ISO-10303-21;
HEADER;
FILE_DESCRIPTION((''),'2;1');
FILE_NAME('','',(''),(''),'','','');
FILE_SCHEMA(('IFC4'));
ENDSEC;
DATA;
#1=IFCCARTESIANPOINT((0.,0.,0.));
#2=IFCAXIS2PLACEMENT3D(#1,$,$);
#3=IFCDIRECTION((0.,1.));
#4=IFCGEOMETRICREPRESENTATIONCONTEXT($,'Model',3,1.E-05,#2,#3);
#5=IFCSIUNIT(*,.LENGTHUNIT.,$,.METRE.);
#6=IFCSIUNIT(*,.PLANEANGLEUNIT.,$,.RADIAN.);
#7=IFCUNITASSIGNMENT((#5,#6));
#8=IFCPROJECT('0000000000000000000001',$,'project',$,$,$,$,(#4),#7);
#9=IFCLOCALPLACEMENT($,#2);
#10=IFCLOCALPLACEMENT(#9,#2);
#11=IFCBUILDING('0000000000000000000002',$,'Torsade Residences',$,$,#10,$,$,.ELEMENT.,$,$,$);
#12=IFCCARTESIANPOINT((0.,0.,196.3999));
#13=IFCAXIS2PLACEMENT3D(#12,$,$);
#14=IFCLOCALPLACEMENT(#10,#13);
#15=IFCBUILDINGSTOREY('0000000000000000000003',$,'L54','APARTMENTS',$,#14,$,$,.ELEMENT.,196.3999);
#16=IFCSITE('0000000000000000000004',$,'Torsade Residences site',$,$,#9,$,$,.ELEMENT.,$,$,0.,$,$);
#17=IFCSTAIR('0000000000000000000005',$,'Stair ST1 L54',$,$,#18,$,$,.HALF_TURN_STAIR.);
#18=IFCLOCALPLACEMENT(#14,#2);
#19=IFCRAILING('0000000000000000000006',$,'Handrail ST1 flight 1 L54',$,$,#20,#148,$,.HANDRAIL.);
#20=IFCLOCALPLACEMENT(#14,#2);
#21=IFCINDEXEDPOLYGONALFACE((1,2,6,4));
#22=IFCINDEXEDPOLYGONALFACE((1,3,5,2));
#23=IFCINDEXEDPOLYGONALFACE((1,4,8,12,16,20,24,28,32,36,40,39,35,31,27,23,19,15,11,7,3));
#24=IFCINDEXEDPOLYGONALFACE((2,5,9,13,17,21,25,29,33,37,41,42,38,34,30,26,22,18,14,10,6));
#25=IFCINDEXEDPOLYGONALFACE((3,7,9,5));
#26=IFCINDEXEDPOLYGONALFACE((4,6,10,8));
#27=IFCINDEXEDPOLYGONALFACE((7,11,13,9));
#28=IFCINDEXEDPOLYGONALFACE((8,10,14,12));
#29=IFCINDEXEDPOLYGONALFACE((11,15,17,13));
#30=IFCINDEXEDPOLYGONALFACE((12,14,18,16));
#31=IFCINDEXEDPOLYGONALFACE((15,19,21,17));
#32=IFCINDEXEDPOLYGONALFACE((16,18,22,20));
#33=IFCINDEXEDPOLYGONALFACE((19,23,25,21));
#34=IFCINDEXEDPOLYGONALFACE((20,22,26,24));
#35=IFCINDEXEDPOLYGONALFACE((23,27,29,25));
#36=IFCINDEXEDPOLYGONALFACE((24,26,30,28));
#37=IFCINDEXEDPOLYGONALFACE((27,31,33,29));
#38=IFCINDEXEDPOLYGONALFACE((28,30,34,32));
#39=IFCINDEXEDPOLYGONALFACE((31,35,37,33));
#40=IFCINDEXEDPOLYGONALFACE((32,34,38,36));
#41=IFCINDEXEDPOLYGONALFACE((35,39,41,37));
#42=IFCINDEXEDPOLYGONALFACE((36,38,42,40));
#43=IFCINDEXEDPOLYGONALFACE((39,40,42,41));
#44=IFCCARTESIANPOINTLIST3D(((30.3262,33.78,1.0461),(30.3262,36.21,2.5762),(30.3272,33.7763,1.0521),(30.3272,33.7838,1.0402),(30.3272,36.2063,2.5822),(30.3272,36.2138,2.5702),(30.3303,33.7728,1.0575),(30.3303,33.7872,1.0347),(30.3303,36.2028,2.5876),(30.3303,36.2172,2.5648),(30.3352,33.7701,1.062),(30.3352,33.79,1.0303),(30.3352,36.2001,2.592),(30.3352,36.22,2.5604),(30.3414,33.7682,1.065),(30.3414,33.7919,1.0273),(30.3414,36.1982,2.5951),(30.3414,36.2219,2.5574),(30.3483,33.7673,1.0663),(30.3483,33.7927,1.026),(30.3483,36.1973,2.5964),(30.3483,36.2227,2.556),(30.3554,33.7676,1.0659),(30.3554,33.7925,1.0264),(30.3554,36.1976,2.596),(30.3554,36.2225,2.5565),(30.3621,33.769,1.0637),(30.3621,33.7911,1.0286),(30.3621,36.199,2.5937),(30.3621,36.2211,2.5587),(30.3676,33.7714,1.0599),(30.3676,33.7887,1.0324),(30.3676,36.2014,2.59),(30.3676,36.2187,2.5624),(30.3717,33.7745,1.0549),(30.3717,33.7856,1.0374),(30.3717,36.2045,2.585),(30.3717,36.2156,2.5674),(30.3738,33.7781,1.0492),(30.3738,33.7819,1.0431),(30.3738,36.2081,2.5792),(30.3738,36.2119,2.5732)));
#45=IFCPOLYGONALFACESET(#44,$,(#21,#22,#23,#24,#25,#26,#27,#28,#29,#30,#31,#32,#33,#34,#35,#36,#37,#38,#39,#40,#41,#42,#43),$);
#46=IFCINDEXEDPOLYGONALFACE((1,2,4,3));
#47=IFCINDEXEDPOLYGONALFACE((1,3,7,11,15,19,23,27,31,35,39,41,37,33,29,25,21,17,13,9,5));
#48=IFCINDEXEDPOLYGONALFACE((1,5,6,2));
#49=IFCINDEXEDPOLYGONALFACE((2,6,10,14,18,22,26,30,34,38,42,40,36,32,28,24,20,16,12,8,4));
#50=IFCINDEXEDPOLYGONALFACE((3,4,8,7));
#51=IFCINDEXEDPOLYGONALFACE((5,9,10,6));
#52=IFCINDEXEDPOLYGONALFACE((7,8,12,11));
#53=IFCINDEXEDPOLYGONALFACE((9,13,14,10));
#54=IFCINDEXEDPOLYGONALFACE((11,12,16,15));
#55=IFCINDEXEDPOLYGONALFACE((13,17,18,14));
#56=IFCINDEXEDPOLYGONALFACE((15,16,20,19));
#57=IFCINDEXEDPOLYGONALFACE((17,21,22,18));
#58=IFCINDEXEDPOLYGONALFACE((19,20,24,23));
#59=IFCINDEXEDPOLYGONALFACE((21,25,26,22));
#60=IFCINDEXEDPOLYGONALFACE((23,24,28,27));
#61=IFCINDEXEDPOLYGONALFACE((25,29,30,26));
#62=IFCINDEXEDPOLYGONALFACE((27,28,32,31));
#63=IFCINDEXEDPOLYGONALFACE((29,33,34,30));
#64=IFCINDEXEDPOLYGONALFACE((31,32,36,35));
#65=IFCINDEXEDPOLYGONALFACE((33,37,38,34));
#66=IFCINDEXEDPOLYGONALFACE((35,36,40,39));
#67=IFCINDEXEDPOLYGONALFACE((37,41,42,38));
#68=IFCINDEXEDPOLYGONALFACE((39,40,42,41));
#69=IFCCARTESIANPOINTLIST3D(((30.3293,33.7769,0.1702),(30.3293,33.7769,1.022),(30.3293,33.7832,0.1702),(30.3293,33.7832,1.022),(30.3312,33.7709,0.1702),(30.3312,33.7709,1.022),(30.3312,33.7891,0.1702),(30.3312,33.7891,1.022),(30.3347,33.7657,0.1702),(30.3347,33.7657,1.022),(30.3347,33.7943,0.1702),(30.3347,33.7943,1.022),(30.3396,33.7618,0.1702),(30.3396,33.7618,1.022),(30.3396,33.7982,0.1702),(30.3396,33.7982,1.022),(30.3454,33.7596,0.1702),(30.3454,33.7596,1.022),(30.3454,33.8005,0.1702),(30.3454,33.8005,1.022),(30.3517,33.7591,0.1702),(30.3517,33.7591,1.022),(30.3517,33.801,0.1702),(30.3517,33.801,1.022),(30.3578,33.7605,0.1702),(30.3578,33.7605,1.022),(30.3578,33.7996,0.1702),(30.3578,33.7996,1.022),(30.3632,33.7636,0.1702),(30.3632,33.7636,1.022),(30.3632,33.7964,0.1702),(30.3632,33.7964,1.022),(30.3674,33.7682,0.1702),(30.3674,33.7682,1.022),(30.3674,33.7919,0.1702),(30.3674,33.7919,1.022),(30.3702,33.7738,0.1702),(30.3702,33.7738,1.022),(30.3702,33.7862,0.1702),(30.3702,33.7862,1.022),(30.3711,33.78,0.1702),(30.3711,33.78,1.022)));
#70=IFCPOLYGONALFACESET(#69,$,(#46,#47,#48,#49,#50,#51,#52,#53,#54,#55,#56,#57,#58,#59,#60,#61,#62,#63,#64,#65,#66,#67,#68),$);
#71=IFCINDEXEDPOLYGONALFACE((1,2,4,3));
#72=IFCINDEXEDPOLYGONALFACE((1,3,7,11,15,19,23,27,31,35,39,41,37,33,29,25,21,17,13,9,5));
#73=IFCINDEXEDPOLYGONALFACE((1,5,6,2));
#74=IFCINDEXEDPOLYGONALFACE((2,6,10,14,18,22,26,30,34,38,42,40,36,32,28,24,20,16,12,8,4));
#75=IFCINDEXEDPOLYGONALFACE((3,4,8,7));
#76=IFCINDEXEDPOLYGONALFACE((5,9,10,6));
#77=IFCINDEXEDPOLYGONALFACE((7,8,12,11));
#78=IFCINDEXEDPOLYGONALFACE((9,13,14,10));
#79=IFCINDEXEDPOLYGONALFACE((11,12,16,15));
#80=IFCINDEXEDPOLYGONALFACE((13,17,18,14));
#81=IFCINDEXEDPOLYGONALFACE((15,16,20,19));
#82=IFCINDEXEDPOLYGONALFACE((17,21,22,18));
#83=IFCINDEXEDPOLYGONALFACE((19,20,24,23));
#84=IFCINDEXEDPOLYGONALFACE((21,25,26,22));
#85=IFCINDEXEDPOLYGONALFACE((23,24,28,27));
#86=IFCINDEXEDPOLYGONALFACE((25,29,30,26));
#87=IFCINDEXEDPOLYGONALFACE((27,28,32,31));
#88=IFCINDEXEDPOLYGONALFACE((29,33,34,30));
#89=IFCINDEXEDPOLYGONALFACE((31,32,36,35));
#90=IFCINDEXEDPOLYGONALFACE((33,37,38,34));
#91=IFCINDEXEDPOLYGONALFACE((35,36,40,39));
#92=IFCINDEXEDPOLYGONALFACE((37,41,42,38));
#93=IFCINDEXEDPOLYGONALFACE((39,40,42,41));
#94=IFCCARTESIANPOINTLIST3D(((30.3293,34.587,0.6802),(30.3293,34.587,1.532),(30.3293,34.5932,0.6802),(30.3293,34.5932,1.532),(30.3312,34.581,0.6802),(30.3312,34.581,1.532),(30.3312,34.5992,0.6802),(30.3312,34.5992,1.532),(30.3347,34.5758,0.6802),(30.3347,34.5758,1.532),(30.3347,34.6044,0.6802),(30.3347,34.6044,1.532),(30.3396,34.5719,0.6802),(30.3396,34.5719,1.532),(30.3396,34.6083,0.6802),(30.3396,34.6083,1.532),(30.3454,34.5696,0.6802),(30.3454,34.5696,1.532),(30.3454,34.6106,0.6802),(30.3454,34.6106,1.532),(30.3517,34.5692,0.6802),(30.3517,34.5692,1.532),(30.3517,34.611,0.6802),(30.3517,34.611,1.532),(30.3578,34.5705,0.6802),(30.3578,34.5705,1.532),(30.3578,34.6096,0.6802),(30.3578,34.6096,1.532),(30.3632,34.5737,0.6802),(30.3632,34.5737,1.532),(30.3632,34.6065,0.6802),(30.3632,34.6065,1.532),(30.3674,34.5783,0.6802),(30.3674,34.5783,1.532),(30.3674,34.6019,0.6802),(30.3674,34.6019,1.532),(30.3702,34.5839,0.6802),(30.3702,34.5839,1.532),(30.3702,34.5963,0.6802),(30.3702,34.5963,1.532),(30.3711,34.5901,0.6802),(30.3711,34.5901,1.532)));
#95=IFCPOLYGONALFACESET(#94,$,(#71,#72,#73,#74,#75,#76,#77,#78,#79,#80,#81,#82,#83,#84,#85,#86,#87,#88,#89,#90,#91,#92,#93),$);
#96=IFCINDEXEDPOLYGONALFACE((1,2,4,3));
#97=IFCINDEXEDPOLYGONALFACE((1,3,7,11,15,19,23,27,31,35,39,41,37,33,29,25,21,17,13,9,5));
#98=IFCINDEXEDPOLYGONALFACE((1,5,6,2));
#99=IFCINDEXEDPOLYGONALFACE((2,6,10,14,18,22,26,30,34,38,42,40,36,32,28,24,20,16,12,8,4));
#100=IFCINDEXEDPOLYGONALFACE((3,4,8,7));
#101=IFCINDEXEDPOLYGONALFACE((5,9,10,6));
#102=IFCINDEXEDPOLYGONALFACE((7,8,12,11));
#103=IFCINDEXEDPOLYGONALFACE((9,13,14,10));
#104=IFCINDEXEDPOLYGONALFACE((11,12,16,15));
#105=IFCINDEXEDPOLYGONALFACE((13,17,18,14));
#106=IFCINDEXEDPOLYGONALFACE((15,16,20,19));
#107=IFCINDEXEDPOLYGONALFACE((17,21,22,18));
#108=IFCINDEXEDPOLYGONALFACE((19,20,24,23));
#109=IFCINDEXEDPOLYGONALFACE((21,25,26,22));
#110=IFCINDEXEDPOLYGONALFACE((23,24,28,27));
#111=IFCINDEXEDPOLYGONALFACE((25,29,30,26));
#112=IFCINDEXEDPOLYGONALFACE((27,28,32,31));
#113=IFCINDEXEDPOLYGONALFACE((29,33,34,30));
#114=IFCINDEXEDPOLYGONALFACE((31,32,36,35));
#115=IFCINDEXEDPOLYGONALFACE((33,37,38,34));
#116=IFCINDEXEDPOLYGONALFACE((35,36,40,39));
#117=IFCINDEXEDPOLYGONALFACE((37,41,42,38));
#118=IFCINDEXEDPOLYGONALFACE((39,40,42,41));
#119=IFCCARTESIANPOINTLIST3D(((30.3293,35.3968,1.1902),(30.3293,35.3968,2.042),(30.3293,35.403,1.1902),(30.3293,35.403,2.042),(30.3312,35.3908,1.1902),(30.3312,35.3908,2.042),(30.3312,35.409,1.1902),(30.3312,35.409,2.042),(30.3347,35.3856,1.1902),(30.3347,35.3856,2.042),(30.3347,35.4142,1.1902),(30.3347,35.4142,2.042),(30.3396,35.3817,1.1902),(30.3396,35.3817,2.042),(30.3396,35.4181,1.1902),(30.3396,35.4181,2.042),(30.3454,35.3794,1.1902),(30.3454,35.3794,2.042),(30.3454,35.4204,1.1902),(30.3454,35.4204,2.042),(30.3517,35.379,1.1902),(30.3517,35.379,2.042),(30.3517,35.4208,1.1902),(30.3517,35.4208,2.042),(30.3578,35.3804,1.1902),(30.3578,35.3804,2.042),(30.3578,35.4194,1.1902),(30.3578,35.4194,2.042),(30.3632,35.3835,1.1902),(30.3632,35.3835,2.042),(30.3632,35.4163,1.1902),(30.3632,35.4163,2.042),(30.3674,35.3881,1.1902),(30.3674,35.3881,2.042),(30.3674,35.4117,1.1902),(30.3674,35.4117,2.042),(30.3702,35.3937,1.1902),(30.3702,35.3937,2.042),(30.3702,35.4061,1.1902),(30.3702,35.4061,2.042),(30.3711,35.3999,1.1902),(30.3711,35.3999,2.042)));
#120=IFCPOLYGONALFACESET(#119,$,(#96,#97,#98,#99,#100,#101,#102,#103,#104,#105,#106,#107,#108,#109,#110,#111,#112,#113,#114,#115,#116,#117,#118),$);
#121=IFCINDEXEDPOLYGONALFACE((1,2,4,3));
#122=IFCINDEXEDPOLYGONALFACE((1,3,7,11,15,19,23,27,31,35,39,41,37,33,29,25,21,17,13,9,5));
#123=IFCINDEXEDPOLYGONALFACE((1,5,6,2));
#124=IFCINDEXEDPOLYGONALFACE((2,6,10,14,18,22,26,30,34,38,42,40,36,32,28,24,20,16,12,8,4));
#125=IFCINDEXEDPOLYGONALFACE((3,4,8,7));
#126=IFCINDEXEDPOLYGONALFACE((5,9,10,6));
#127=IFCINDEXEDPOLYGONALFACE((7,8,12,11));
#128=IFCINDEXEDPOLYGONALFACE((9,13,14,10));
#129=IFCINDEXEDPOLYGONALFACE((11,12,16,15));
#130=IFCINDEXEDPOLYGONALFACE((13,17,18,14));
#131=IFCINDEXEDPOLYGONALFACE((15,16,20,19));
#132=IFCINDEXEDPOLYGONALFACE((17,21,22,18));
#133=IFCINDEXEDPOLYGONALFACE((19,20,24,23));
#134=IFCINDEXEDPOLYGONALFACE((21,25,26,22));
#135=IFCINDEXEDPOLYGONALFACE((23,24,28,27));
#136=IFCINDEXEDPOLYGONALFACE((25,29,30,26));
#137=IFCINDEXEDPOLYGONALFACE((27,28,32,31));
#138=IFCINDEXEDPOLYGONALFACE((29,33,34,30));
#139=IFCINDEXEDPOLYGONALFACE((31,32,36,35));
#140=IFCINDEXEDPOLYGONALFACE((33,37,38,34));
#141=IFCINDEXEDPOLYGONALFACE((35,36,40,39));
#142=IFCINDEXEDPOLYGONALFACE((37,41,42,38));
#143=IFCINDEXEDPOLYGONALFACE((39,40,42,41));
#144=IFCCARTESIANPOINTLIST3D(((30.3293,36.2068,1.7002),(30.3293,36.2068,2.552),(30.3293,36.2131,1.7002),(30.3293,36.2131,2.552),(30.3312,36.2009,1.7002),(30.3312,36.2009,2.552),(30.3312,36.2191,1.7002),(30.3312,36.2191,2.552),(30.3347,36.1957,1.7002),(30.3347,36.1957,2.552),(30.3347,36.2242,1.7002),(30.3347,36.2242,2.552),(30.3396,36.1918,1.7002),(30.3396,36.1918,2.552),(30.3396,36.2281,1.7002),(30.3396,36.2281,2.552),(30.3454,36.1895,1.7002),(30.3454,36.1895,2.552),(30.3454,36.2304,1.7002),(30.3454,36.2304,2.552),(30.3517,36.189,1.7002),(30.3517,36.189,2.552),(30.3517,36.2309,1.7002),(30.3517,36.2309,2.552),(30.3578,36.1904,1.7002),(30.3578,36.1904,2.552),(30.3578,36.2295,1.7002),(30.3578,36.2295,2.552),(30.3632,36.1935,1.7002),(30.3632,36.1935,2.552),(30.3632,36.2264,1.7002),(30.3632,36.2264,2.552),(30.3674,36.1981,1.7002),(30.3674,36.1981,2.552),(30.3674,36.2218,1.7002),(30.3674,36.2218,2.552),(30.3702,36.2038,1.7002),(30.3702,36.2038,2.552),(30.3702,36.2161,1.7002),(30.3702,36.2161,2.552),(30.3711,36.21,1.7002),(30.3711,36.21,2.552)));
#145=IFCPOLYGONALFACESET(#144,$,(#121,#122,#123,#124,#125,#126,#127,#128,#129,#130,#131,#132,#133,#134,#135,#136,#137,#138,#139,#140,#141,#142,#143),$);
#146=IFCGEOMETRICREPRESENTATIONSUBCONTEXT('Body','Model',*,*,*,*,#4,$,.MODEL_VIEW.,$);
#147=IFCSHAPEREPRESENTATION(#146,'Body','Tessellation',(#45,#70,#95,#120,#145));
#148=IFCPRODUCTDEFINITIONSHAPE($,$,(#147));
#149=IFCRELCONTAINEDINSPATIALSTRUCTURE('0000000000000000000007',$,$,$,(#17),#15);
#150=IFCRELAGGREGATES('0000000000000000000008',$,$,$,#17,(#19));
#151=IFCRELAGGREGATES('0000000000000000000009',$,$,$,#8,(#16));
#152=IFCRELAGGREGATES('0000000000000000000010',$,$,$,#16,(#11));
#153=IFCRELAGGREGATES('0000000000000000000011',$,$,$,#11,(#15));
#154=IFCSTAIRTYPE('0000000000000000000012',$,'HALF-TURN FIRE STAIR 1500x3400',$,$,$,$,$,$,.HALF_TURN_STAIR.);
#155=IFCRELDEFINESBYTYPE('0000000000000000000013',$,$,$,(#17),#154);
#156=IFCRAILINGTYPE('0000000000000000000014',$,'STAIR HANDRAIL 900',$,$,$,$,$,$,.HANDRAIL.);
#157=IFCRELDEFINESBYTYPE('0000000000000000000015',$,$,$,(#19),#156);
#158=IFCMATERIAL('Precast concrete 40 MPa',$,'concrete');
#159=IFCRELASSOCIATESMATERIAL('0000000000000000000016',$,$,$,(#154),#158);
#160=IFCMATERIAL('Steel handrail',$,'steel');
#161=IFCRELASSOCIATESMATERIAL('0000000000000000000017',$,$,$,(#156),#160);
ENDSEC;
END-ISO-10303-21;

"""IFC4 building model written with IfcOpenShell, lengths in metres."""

from ifc_helpers import new_model, si_unit, direction, frame, origin, origin_2d, place, context, subcontext, project, spatial, circle, extrude, material, type_object, element, aggregate, save


model = new_model("IFC4")

# Units and contexts
model_context = context("Model", 3, precision=1e-05, world=origin(), true_north=direction((0.0, 1.0)))
body_context = subcontext(model_context, "Body", "Model", "MODEL_VIEW")
ifc_project = project(units=[si_unit("LENGTHUNIT", "METRE"), si_unit("PLANEANGLEUNIT", "RADIAN")], contexts=[model_context])

# Site, building, storey
site_placement = place(None, origin())
site = spatial("IfcSite", under=ifc_project, at=site_placement, Name="Torsade Residences site", CompositionType="ELEMENT", RefElevation=0.0)
building_placement = place(site_placement, origin())
building = spatial("IfcBuilding", under=site, at=building_placement, Name="Torsade Residences", CompositionType="ELEMENT")
storey_placement = place(building_placement, frame((0.0, 0.0, 196.3999)))
storey = spatial("IfcBuildingStorey", under=building, at=storey_placement, Name="L54", Description="APARTMENTS", CompositionType="ELEMENT", Elevation=196.3999)

# Stair, railing
ifc_material_1 = material(Name="Precast concrete 40 MPa", Category="concrete")
stair_type = type_object("IfcStairType", Name="HALF-TURN FIRE STAIR 1500x3400", PredefinedType="HALF_TURN_STAIR", material=ifc_material_1)
stair_placement = place(storey_placement, origin())
stair = element("IfcStair", 1, at=stair_placement, inside=storey, type_object=stair_type, Name="Stair ST1 L54", PredefinedType="HALF_TURN_STAIR")
ifc_material_2 = material(Name="Steel handrail", Category="steel")
railing_type = type_object("IfcRailingType", Name="STAIR HANDRAIL 900", PredefinedType="HANDRAIL", material=ifc_material_2)
railing_1_placement = place(storey_placement, frame((30.3501, 33.78, 0.1702)))
railing_1 = element("IfcRailing", 2, at=railing_1_placement, type_object=railing_type, Name="Handrail ST1 flight 1 L54", PredefinedType="HANDRAIL", context=body_context, shape_type="SweptSolid", body=[
    extrude(circle(Radius=0.0239, at=origin_2d()), frame((0.0, 0.0, 0.876), z_axis=(0.0, 0.846221, 0.532831), x_axis=(-1.0, 0.0, 0.0)), (0.0, 0.0, 1.0), 2.8716),
    extrude(circle(Radius=0.021, at=origin_2d()), origin(), (0.0, 0.0, 1.0), 0.8518),
    extrude(circle(Radius=0.021, at=origin_2d()), frame((0.0, 0.8101, 0.51)), (0.0, 0.0, 1.0), 0.8518),
    extrude(circle(Radius=0.021, at=origin_2d()), frame((0.0, 1.6199, 1.02)), (0.0, 0.0, 1.0), 0.8518),
    extrude(circle(Radius=0.021, at=origin_2d()), frame((0.0, 2.4299, 1.53)), (0.0, 0.0, 1.0), 0.8518),
])
aggregate(stair, [railing_1])

save(model, "model.ifc")
